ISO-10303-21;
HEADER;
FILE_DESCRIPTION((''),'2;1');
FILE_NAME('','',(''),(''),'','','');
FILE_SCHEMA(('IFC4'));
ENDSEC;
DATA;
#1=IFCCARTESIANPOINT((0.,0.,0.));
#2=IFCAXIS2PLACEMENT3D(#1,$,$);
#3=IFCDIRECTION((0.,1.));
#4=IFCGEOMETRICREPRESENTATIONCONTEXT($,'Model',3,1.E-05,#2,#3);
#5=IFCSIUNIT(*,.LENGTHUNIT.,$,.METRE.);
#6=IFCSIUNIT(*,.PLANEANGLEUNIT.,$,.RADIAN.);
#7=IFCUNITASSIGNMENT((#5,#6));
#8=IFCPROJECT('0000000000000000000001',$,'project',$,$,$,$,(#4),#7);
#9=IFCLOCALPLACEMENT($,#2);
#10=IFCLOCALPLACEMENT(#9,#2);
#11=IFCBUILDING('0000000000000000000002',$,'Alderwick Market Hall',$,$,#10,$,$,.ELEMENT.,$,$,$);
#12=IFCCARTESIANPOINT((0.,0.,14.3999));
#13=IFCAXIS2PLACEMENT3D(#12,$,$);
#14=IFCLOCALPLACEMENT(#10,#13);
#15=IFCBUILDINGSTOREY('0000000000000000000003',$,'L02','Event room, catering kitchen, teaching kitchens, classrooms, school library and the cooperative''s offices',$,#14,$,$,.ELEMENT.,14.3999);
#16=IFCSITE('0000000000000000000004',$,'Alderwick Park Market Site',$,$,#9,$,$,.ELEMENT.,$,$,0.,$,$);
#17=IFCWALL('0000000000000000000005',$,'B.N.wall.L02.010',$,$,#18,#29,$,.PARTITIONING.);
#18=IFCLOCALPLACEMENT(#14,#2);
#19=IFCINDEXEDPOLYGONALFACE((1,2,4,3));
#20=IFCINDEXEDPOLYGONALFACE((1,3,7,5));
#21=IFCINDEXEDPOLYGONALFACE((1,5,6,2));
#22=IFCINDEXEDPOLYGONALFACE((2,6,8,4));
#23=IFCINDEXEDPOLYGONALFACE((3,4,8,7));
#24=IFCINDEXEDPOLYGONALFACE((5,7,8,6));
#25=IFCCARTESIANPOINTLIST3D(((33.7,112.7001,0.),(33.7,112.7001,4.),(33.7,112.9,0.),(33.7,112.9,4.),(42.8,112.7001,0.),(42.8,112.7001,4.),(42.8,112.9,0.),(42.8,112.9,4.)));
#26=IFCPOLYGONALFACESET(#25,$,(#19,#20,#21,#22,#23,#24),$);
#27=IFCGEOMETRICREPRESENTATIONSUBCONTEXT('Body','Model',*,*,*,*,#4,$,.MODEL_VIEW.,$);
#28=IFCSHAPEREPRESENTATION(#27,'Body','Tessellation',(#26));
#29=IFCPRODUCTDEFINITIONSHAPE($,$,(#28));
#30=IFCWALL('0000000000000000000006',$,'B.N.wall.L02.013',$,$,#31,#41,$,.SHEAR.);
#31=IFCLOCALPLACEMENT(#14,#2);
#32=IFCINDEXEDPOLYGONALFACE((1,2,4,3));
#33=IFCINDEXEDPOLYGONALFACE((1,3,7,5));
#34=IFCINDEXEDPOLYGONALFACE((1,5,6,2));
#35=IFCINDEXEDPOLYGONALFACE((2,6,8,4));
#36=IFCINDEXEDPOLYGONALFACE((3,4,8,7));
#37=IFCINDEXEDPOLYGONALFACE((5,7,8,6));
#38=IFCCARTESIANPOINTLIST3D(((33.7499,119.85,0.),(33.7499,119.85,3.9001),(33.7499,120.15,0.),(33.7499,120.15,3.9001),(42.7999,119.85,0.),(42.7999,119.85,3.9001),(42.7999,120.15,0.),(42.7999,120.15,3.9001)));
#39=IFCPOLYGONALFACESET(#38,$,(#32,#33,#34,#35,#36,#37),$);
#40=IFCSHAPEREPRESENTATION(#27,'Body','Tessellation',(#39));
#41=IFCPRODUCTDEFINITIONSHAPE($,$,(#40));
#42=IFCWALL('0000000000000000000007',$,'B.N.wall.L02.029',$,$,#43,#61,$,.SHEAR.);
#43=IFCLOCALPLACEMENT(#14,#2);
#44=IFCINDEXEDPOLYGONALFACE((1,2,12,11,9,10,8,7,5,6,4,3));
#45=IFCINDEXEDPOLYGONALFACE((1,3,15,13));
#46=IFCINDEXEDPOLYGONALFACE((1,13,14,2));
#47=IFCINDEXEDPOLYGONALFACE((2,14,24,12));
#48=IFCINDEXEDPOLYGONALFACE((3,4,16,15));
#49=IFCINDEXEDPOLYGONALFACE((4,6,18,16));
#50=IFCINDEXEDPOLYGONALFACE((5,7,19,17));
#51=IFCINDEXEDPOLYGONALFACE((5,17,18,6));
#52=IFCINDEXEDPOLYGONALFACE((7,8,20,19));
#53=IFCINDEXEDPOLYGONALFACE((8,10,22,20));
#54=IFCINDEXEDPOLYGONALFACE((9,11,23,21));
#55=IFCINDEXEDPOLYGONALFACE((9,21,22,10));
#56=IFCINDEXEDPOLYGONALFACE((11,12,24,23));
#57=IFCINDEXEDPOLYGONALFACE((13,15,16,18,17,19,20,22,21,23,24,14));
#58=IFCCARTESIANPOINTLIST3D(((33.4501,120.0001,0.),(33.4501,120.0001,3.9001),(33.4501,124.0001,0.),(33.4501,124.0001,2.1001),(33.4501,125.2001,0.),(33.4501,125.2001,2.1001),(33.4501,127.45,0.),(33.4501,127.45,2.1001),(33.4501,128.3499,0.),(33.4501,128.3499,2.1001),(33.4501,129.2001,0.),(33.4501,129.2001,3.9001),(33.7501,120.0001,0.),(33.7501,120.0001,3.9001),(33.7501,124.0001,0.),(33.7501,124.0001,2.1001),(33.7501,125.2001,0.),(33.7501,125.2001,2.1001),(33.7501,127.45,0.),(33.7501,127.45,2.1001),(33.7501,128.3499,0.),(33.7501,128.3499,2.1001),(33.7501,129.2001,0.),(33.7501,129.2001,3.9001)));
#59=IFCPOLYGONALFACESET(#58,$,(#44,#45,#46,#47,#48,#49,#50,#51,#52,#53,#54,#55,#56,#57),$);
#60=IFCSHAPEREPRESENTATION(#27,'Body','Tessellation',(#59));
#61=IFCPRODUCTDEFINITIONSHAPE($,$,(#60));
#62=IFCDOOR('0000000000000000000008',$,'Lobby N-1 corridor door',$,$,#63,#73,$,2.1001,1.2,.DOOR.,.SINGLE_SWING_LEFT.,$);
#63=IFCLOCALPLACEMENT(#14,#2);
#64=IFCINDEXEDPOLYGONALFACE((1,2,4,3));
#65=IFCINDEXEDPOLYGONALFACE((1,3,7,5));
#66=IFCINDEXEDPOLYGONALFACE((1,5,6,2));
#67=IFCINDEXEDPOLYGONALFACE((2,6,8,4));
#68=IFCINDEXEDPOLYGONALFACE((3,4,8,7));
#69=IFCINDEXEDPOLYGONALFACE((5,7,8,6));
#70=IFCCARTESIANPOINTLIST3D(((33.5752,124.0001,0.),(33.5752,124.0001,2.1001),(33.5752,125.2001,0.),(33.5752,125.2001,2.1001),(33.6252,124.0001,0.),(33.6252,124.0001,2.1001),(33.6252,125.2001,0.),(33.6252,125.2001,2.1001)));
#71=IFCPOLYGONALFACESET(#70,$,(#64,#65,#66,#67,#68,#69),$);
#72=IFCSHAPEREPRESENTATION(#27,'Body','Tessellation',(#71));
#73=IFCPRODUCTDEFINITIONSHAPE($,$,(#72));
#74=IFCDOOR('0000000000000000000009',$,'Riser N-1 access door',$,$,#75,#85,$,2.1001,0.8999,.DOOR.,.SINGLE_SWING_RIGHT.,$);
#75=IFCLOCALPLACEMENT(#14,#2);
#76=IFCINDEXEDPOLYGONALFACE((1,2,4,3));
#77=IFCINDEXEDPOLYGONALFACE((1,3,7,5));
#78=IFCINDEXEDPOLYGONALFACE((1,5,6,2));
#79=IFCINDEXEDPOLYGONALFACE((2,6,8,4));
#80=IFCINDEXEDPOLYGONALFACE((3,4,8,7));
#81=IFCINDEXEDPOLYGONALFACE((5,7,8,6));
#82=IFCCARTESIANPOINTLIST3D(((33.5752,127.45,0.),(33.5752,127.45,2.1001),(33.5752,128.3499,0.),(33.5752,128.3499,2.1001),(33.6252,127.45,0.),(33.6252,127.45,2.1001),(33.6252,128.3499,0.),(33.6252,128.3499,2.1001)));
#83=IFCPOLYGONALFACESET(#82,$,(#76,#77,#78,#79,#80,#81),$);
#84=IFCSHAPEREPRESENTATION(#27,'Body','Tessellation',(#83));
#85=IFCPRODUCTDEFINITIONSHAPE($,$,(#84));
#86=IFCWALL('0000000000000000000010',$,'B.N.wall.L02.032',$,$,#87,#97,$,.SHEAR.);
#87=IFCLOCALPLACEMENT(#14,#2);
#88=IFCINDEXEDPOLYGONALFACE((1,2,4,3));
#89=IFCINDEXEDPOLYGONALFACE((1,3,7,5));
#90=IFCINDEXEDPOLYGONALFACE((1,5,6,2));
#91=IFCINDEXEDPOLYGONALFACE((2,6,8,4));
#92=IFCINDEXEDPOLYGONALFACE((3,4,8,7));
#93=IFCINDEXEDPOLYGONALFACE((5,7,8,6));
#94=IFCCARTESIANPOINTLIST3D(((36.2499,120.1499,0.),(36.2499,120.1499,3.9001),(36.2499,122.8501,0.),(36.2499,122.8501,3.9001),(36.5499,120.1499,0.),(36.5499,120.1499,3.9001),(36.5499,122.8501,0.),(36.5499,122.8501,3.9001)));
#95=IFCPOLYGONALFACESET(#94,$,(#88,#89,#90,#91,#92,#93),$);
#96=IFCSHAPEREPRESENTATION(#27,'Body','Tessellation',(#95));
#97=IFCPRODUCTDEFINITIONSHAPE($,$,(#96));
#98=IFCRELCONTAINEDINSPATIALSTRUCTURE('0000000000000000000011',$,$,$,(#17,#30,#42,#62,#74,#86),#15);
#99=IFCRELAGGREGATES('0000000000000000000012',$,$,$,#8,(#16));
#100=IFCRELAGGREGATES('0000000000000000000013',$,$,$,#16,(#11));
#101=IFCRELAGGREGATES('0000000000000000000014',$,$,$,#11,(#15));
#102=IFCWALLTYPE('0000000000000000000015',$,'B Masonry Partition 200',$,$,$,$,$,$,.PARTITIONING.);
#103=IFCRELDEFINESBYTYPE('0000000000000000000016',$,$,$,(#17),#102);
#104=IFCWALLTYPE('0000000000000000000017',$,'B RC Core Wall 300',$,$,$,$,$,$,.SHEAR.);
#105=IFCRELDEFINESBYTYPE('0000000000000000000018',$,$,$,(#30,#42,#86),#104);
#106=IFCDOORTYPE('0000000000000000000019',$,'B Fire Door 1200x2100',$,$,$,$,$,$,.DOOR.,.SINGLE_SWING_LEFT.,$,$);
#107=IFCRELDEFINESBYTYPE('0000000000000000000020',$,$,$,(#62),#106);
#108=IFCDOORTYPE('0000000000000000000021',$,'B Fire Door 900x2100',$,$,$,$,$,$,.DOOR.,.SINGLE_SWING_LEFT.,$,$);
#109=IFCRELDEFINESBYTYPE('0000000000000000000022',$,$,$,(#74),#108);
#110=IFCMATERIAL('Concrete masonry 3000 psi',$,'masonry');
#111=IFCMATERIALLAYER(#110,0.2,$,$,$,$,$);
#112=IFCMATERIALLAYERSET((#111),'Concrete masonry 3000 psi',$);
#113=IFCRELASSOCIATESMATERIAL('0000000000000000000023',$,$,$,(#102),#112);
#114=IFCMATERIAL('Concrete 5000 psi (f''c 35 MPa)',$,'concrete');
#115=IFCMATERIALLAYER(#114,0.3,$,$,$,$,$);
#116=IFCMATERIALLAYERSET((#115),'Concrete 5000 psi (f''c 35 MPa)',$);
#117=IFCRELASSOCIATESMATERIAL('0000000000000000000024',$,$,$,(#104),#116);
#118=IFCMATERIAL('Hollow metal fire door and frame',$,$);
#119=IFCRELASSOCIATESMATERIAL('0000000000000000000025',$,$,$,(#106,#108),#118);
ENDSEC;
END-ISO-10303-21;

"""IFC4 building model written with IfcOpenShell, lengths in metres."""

from ifc_helpers import new_model, si_unit, direction, frame, frame_2d, origin, place, context, subcontext, project, spatial, rectangle, extrude, material, layer, layer_set, type_object, element, fill, save


model = new_model("IFC4")

# Units and contexts
model_context = context("Model", 3, precision=1e-05, world=origin(), true_north=direction((0.0, 1.0)))
body_context = subcontext(model_context, "Body", "Model", "MODEL_VIEW")
ifc_project = project(units=[si_unit("LENGTHUNIT", "METRE"), si_unit("PLANEANGLEUNIT", "RADIAN")], contexts=[model_context])

# Site, building, storey
site_placement = place(None, origin())
site = spatial("IfcSite", under=ifc_project, at=site_placement, Name="Alderwick Park Market Site", CompositionType="ELEMENT", RefElevation=0.0)
building_placement = place(site_placement, origin())
building = spatial("IfcBuilding", under=site, at=building_placement, Name="Alderwick Market Hall", CompositionType="ELEMENT")
storey_placement = place(building_placement, frame((0.0, 0.0, 14.3999)))
storey = spatial("IfcBuildingStorey", under=building, at=storey_placement, Name="L02", Description="Event room, catering kitchen, teaching kitchens, classrooms, school library and the cooperative's offices", CompositionType="ELEMENT", Elevation=14.3999)

# Shared definitions
ifc_material_1 = material(Name="Concrete 5000 psi (f'c 35 MPa)", Category="concrete")

# Walls
ifc_material_2 = material(Name="Concrete masonry 3000 psi", Category="masonry")
ifc_layer_1 = layer(ifc_material_2, 0.2)
ifc_layer_set_1 = layer_set([ifc_layer_1], Name="Concrete masonry 3000 psi")
wall_type_1 = type_object("IfcWallType", Name="B Masonry Partition 200", PredefinedType="PARTITIONING", material=ifc_layer_set_1)
wall_1_placement = place(storey_placement, frame((33.7, 112.8, 0.0), z_axis=(0.0, 0.0, 1.0), x_axis=(1.0, 0.0, 0.0)))
element("IfcWall", 1, at=wall_1_placement, inside=storey, type_object=wall_type_1, Name="B.N.wall.L02.010", PredefinedType="PARTITIONING", context=body_context, shape_type="SweptSolid", body=[
    extrude(rectangle(XDim=9.1001, YDim=0.2, at=frame_2d((4.55, 0.0))), origin(), (0.0, 0.0, 1.0), 4.0),
])
ifc_layer_2 = layer(ifc_material_1, 0.3)
ifc_layer_set_2 = layer_set([ifc_layer_2], Name="Concrete 5000 psi (f'c 35 MPa)")
wall_type_2 = type_object("IfcWallType", Name="B RC Core Wall 300", PredefinedType="SHEAR", material=ifc_layer_set_2)
wall_2_placement = place(storey_placement, frame((33.75, 120.0, 0.0), z_axis=(0.0, 0.0, 1.0), x_axis=(1.0, 0.0, 0.0)))
element("IfcWall", 2, at=wall_2_placement, inside=storey, type_object=wall_type_2, Name="B.N.wall.L02.013", PredefinedType="SHEAR", context=body_context, shape_type="SweptSolid", body=[
    extrude(rectangle(XDim=9.05, YDim=0.3, at=frame_2d((4.5249, 0.0))), origin(), (0.0, 0.0, 1.0), 3.9001),
])

# Wall, openings, doors
wall_3_placement = place(storey_placement, frame((33.6001, 120.0, 0.0), z_axis=(0.0, 0.0, 1.0), x_axis=(0.0, 1.0, 0.0)))
wall_3 = element("IfcWall", 3, at=wall_3_placement, inside=storey, type_object=wall_type_2, Name="B.N.wall.L02.029", PredefinedType="SHEAR", context=body_context, shape_type="SweptSolid", body=[
    extrude(rectangle(XDim=9.2, YDim=0.3, at=frame_2d((4.6001, 0.0))), origin(), (0.0, 0.0, 1.0), 3.9001),
])
opening_1_placement = place(wall_3_placement, frame((4.0, 0.0, 0.0)))
opening_1 = element("IfcOpeningElement", 4, at=opening_1_placement, cuts=wall_3, PredefinedType="OPENING", context=body_context, shape_type="SweptSolid", body=[
    extrude(rectangle(XDim=1.2, YDim=2.1001, at=frame_2d((0.6001, 1.05))), frame((0.0, 0.1599, 0.0), z_axis=(0.0, -1.0, 0.0), x_axis=(1.0, 0.0, 0.0)), (0.0, 0.0, 1.0), 0.3201),
])
opening_2_placement = place(wall_3_placement, frame((7.45, 0.0, 0.0)))
opening_2 = element("IfcOpeningElement", 5, at=opening_2_placement, cuts=wall_3, PredefinedType="OPENING", context=body_context, shape_type="SweptSolid", body=[
    extrude(rectangle(XDim=0.8999, YDim=2.1001, at=frame_2d((0.45, 1.05))), frame((0.0, 0.1599, 0.0), z_axis=(0.0, -1.0, 0.0), x_axis=(1.0, 0.0, 0.0)), (0.0, 0.0, 1.0), 0.3201),
])
ifc_material_3 = material(Name="Hollow metal fire door and frame")
door_type_1 = type_object("IfcDoorType", Name="B Fire Door 1200x2100", OperationType="SINGLE_SWING_LEFT", PredefinedType="DOOR", material=ifc_material_3)
door_1_placement = place(opening_1_placement, origin())
door_1 = element("IfcDoor", 6, at=door_1_placement, inside=storey, type_object=door_type_1, Name="Lobby N-1 corridor door", OperationType="SINGLE_SWING_LEFT", OverallHeight=2.1001, OverallWidth=1.2, PredefinedType="DOOR", context=body_context, shape_type="SweptSolid", body=[
    extrude(rectangle(XDim=1.2, YDim=2.1001, at=frame_2d((0.6001, 1.05))), frame((0.0, 0.0249, 0.0), z_axis=(0.0, -1.0, 0.0), x_axis=(1.0, 0.0, 0.0)), (0.0, 0.0, 1.0), 0.05),
])
fill(opening_1, door_1)
door_type_2 = type_object("IfcDoorType", Name="B Fire Door 900x2100", OperationType="SINGLE_SWING_LEFT", PredefinedType="DOOR", material=ifc_material_3)
door_2_placement = place(opening_2_placement, origin())
door_2 = element("IfcDoor", 7, at=door_2_placement, inside=storey, type_object=door_type_2, Name="Riser N-1 access door", OperationType="SINGLE_SWING_RIGHT", OverallHeight=2.1001, OverallWidth=0.8999, PredefinedType="DOOR", context=body_context, shape_type="SweptSolid", body=[
    extrude(rectangle(XDim=0.8999, YDim=2.1001, at=frame_2d((0.45, 1.05))), frame((0.0, 0.0249, 0.0), z_axis=(0.0, -1.0, 0.0), x_axis=(1.0, 0.0, 0.0)), (0.0, 0.0, 1.0), 0.05),
])
fill(opening_2, door_2)

# Wall
wall_4_placement = place(storey_placement, frame((36.3999, 120.1499, 0.0), z_axis=(0.0, 0.0, 1.0), x_axis=(0.0, 1.0, 0.0)))
element("IfcWall", 8, at=wall_4_placement, inside=storey, type_object=wall_type_2, Name="B.N.wall.L02.032", PredefinedType="SHEAR", context=body_context, shape_type="SweptSolid", body=[
    extrude(rectangle(XDim=2.7002, YDim=0.3, at=frame_2d((1.3501, 0.0))), origin(), (0.0, 0.0, 1.0), 3.9001),
])

save(model, "model.ifc")
